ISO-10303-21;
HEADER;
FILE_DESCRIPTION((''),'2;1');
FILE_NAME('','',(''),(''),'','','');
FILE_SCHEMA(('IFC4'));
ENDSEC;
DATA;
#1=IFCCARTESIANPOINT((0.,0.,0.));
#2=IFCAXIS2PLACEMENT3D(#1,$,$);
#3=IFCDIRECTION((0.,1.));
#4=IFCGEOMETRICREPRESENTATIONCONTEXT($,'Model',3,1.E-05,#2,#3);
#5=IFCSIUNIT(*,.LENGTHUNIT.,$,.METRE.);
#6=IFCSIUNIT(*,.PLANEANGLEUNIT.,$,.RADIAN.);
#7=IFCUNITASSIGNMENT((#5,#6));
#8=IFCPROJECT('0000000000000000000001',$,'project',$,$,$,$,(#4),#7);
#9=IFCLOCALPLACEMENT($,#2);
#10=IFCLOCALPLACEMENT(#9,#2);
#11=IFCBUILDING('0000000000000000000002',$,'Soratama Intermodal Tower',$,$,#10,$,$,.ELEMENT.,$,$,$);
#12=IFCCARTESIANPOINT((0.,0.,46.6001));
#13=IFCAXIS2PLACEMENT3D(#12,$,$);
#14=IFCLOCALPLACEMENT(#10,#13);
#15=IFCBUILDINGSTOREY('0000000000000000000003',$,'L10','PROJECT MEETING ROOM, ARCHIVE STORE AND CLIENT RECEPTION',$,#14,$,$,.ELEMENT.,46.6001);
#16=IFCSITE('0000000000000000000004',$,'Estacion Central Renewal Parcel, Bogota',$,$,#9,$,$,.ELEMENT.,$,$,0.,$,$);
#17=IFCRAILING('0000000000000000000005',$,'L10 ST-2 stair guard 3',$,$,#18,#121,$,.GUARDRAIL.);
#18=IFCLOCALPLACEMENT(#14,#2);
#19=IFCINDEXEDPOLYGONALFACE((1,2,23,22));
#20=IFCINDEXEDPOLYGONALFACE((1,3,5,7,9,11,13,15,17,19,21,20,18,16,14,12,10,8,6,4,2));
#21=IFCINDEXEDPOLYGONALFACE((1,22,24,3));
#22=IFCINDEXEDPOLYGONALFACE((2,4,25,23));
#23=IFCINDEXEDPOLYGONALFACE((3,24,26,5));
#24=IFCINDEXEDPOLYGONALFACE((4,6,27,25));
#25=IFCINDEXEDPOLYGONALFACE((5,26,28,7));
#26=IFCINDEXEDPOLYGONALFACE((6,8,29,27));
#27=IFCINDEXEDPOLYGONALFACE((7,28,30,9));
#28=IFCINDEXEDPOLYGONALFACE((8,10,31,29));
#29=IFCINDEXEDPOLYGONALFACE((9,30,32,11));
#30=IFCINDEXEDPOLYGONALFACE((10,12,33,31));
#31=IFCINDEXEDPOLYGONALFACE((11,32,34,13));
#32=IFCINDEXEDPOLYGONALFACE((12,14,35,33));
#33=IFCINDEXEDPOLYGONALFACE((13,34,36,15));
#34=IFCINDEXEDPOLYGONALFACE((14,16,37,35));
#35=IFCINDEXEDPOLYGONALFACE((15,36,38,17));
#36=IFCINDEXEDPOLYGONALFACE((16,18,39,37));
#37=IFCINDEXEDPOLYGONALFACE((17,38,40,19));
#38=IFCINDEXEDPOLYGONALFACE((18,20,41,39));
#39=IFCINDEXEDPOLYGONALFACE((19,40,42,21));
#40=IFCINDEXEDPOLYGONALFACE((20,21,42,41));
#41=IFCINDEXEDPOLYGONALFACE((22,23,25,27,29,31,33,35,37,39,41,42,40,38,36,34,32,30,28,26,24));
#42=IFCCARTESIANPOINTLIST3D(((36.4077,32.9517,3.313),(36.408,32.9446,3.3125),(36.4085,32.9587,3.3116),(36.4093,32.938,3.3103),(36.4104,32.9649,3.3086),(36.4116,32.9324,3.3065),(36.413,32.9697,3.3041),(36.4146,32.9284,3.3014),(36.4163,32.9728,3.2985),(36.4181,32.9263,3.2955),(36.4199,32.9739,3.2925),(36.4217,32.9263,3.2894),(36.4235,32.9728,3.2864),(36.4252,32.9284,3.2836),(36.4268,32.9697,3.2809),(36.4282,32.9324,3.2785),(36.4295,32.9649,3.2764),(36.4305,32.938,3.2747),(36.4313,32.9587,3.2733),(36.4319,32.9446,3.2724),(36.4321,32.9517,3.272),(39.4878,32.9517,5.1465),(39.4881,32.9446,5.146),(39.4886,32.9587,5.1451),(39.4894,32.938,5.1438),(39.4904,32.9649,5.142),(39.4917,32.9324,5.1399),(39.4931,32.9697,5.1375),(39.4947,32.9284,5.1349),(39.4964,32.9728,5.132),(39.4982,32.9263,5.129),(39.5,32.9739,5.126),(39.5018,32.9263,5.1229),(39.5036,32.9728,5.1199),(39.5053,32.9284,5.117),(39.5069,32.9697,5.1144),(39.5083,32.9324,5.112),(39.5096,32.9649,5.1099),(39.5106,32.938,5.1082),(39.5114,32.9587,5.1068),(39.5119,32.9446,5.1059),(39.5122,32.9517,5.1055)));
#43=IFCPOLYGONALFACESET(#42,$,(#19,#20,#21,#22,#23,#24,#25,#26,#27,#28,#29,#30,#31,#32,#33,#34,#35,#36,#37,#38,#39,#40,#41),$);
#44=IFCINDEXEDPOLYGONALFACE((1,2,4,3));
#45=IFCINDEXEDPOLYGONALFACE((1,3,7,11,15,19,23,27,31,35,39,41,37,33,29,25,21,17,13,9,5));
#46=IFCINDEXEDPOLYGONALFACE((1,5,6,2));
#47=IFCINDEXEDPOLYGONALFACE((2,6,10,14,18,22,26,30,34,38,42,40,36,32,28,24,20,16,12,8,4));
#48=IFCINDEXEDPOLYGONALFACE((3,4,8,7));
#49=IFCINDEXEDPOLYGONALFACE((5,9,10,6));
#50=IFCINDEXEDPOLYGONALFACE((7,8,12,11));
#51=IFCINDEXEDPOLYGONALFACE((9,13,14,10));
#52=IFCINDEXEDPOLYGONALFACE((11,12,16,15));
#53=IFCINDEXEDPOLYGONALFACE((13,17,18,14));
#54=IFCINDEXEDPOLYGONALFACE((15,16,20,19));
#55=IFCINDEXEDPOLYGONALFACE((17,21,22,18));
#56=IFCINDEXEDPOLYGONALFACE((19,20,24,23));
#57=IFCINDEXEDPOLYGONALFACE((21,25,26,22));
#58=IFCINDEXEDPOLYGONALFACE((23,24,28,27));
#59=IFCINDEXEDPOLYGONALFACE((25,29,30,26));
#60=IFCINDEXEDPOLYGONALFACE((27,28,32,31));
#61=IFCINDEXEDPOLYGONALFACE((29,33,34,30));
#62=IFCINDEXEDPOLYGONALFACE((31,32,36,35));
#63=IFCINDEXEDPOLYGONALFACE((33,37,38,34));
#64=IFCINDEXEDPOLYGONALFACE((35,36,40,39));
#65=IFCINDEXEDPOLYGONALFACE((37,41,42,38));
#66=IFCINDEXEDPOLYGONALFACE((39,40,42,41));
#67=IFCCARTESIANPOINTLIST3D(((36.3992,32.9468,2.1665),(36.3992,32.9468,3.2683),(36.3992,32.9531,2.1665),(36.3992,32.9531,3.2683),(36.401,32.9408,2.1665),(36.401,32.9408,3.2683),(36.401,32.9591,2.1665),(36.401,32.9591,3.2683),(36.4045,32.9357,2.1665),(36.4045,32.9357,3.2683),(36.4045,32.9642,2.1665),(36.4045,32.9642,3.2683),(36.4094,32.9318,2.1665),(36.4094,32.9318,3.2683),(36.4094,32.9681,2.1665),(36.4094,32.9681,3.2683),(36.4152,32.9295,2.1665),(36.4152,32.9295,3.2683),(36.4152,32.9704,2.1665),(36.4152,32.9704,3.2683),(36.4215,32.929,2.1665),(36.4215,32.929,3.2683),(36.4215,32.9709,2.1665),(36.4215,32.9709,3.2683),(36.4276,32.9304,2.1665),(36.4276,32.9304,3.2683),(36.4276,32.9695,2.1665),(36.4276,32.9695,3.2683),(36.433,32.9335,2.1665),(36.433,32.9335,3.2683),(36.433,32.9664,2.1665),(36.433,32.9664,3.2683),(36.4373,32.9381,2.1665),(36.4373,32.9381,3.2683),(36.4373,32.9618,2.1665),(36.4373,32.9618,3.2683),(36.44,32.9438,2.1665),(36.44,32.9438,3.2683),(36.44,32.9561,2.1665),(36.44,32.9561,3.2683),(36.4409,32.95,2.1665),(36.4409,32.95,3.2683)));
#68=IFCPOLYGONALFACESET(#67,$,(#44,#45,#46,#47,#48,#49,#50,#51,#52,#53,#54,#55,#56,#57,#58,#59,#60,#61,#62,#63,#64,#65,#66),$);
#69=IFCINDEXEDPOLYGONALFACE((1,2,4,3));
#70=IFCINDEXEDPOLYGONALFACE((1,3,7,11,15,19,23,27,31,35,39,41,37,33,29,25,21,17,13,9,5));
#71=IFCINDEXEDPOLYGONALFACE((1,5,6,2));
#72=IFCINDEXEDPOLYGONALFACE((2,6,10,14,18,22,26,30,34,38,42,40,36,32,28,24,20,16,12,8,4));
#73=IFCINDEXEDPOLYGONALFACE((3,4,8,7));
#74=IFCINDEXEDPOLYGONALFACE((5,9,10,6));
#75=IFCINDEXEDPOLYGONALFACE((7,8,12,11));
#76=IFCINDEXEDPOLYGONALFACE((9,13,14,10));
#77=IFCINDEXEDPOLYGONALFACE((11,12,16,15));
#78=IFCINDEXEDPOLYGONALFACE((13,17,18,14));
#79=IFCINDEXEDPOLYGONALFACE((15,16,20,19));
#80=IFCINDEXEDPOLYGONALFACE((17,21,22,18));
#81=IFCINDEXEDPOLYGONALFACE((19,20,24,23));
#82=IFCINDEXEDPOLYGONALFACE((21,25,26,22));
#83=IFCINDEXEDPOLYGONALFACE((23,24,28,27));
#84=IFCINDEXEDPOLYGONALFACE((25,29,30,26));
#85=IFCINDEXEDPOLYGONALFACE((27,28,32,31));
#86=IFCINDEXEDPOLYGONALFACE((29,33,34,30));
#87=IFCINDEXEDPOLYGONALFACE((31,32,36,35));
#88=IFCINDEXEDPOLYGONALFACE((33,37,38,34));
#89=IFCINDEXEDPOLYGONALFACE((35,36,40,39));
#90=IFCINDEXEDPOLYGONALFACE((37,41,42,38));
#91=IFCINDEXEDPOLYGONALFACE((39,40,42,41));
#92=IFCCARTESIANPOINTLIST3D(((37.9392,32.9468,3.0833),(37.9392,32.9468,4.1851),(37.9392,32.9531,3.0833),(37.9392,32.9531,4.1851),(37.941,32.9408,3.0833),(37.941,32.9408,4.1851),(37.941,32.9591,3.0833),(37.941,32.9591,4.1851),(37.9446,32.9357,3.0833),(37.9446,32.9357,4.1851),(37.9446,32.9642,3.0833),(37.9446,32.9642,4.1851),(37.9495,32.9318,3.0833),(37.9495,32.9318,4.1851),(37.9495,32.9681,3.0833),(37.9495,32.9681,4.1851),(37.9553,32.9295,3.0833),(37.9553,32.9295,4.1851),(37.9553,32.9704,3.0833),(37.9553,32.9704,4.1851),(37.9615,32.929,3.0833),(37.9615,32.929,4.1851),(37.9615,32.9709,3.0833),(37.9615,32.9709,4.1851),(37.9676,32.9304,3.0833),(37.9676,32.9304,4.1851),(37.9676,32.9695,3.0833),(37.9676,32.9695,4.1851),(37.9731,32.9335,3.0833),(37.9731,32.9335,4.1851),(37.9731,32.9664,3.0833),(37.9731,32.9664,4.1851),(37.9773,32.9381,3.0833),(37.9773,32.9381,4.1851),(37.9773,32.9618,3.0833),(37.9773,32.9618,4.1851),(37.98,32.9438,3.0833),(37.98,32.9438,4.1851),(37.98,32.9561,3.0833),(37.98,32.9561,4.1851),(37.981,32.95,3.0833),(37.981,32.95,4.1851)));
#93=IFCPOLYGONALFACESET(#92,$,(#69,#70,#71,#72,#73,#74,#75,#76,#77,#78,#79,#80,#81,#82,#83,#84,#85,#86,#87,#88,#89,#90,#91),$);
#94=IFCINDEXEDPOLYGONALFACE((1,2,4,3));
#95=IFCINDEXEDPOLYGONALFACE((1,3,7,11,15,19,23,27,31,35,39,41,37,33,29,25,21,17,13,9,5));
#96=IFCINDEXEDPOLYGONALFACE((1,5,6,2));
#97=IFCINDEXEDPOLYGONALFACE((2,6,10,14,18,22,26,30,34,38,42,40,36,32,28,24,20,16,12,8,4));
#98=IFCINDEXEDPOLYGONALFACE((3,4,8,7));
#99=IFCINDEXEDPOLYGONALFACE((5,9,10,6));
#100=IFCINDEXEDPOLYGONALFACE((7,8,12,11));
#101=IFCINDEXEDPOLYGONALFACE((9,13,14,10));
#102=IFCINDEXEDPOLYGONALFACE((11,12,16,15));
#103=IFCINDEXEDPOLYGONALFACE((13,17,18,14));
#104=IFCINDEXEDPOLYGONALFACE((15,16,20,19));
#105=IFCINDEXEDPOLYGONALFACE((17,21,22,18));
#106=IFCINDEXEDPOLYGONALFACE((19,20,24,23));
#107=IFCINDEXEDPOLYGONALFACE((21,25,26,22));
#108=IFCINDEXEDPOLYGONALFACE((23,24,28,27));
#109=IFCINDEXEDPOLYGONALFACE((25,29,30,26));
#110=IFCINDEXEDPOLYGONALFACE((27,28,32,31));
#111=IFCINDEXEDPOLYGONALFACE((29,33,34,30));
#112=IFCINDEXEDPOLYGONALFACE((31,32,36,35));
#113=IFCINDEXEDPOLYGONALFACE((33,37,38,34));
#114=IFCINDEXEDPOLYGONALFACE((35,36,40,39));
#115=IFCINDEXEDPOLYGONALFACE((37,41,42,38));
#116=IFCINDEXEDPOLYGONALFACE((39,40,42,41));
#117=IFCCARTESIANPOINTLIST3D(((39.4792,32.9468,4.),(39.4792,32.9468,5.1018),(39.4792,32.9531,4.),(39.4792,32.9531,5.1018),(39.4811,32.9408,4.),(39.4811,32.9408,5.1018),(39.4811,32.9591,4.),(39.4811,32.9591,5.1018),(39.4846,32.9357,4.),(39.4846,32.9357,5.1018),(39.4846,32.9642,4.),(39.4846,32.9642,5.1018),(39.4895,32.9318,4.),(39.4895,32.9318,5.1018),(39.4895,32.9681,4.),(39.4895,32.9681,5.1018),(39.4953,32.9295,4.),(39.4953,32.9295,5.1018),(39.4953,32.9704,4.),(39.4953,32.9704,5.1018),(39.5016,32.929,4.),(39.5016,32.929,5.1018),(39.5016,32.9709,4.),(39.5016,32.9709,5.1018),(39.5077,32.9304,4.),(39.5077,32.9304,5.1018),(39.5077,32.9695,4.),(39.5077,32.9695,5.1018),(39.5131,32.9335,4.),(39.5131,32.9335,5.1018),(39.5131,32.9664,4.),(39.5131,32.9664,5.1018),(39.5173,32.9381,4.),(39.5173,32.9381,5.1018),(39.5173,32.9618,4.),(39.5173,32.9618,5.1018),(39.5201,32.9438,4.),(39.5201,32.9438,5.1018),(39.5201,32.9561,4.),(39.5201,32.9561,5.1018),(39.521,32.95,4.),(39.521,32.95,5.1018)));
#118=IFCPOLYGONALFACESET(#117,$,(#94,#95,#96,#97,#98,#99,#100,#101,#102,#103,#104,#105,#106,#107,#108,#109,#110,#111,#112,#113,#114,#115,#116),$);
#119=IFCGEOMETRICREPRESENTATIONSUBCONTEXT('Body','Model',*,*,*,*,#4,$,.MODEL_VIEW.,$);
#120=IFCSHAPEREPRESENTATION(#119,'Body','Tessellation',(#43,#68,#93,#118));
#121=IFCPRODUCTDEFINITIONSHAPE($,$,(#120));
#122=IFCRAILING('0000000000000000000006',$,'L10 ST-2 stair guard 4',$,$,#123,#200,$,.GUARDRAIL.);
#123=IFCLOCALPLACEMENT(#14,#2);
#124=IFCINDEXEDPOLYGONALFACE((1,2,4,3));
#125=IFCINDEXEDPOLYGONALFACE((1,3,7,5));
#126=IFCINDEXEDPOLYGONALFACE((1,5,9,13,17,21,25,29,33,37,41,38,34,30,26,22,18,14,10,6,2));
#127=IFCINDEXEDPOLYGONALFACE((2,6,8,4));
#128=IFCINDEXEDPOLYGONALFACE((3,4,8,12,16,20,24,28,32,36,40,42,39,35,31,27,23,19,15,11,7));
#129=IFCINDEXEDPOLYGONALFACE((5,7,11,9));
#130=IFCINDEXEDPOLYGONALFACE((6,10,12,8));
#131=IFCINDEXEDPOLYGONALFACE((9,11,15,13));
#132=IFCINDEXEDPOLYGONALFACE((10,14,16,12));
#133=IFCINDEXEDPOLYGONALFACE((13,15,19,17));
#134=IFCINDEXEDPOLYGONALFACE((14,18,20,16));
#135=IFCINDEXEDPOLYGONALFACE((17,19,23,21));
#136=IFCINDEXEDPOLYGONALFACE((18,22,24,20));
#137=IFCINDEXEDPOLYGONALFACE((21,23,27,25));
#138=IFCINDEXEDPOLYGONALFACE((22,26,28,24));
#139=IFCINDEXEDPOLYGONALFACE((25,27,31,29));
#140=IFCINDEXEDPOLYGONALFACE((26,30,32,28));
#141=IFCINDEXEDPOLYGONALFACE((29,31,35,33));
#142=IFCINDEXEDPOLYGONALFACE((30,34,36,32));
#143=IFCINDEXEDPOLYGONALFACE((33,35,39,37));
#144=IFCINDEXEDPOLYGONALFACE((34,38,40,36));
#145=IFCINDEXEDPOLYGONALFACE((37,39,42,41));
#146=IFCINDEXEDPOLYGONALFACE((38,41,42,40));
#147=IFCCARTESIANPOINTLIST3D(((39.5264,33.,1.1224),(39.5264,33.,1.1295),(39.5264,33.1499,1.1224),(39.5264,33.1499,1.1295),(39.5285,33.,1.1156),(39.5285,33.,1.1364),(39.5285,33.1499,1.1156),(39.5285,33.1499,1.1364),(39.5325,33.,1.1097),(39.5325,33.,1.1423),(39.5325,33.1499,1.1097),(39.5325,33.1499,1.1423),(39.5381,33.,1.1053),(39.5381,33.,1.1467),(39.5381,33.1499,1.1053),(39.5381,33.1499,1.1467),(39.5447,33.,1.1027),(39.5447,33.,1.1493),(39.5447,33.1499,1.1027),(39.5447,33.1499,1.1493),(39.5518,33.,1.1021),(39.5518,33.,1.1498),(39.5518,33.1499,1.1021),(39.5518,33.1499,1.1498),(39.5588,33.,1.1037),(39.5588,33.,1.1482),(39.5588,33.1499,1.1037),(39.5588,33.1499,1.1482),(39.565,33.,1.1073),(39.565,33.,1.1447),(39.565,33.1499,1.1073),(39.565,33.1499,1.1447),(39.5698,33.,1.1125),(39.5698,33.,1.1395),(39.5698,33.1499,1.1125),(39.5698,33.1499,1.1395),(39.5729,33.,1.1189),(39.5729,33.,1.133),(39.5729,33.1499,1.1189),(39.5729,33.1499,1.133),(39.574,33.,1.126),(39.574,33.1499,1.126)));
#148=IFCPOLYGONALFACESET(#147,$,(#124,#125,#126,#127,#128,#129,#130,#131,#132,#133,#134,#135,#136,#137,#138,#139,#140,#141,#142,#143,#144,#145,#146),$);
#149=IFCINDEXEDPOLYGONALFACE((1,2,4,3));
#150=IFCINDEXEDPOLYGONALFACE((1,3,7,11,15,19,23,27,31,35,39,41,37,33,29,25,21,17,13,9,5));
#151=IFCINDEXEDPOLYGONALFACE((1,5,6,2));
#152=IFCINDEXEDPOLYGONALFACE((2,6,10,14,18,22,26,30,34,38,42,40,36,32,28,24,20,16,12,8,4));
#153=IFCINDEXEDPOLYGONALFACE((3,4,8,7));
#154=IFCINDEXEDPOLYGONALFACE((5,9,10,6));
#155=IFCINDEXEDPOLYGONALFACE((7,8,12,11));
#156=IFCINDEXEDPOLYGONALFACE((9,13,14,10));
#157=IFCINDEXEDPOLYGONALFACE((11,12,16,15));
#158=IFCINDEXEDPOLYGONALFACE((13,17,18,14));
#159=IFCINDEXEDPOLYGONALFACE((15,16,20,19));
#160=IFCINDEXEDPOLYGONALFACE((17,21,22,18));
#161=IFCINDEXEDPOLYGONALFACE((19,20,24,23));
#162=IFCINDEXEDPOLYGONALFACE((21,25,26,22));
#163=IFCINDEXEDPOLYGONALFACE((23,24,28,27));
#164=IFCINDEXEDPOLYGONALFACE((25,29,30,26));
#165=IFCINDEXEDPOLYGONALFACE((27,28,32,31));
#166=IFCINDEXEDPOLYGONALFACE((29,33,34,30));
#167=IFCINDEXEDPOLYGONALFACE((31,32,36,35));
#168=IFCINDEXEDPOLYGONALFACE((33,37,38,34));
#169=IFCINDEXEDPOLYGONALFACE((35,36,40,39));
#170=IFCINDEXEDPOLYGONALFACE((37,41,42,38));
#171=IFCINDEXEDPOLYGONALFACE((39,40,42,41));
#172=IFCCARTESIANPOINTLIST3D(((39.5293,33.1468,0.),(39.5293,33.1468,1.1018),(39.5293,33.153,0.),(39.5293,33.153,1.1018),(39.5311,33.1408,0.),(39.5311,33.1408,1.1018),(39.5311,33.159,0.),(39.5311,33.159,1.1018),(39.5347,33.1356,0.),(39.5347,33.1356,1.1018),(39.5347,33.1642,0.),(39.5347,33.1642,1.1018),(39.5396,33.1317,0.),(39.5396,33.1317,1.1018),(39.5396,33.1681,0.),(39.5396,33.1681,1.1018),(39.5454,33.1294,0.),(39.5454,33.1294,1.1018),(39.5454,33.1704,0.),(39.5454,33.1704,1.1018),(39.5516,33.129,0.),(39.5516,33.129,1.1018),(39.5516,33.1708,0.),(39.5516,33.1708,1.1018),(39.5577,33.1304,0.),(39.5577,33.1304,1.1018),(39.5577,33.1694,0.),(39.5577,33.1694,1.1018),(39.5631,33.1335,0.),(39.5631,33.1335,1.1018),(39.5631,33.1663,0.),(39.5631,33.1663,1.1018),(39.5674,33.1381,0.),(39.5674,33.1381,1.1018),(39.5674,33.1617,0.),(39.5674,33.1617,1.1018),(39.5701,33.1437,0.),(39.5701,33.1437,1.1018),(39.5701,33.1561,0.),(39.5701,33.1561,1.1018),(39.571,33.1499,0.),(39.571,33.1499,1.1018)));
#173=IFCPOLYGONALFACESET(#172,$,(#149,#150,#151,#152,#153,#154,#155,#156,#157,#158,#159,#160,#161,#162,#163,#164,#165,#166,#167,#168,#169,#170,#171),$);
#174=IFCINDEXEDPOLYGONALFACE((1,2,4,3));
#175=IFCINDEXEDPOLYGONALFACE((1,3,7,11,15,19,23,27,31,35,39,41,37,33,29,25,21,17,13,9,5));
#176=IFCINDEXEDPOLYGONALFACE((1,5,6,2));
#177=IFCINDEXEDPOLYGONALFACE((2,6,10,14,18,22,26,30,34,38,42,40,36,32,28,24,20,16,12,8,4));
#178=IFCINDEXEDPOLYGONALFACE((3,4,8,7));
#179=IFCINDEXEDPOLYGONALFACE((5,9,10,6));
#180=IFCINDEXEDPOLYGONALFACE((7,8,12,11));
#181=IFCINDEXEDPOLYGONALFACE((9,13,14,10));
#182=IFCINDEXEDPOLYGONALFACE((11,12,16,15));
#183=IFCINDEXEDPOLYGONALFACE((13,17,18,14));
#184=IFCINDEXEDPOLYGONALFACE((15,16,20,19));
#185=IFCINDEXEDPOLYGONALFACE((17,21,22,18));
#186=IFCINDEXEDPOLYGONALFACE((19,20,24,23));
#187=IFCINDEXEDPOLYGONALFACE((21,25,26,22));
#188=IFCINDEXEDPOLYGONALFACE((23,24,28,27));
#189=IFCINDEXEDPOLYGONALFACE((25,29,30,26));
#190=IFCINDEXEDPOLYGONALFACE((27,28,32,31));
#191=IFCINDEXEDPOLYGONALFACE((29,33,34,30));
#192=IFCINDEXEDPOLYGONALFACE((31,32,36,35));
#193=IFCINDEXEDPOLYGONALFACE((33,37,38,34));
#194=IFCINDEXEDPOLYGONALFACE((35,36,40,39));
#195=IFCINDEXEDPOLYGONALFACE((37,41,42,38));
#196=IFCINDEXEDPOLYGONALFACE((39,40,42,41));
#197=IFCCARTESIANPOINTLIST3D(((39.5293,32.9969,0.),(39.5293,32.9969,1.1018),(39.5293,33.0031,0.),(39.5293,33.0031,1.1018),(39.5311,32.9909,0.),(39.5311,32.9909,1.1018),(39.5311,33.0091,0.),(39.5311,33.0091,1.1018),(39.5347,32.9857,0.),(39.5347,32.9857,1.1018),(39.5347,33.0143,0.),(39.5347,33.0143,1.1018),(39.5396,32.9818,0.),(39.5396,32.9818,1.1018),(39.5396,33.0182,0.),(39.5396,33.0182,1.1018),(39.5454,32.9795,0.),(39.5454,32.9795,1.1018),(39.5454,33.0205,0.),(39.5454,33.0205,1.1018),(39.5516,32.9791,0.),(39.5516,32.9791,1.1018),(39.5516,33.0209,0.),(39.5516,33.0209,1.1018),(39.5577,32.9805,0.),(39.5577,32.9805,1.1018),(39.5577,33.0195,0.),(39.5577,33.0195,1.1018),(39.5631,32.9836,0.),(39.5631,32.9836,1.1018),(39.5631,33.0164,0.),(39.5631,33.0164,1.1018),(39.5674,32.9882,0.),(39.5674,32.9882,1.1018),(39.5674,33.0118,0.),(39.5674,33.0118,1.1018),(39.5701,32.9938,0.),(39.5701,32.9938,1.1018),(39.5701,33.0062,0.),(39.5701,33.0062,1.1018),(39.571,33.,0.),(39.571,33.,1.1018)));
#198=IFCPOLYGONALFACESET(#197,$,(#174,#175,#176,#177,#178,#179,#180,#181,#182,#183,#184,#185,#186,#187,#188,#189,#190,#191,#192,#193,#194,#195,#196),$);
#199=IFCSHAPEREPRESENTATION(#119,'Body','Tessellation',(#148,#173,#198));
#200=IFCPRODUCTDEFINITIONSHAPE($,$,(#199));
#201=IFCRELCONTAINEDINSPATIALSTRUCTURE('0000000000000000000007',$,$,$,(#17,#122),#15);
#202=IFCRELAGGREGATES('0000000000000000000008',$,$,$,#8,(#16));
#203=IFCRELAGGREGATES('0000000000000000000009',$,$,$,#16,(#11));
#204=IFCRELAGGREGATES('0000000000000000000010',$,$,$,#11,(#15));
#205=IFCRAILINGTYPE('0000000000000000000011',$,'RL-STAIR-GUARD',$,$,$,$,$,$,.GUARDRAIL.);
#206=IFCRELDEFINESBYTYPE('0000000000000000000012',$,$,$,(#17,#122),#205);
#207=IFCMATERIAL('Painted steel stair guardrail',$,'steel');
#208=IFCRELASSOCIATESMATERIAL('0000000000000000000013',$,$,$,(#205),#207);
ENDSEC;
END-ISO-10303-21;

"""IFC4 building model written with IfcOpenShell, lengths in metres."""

from ifc_helpers import new_model, si_unit, direction, frame, origin, origin_2d, place, context, subcontext, project, spatial, circle, extrude, material, type_object, element, save


model = new_model("IFC4")

# Units and contexts
model_context = context("Model", 3, precision=1e-05, world=origin(), true_north=direction((0.0, 1.0)))
body_context = subcontext(model_context, "Body", "Model", "MODEL_VIEW")
ifc_project = project(units=[si_unit("LENGTHUNIT", "METRE"), si_unit("PLANEANGLEUNIT", "RADIAN")], contexts=[model_context])

# Site, building, storey
site_placement = place(None, origin())
site = spatial("IfcSite", under=ifc_project, at=site_placement, Name="Estacion Central Renewal Parcel, Bogota", CompositionType="ELEMENT", RefElevation=0.0)
building_placement = place(site_placement, origin())
building = spatial("IfcBuilding", under=site, at=building_placement, Name="Soratama Intermodal Tower", CompositionType="ELEMENT")
storey_placement = place(building_placement, frame((0.0, 0.0, 46.6001)))
storey = spatial("IfcBuildingStorey", under=building, at=storey_placement, Name="L10", Description="PROJECT MEETING ROOM, ARCHIVE STORE AND CLIENT RECEPTION", CompositionType="ELEMENT", Elevation=46.6001)

# Railings
ifc_material_1 = material(Name="Painted steel stair guardrail", Category="steel")
railing_type_1 = type_object("IfcRailingType", Name="RL-STAIR-GUARD", PredefinedType="GUARDRAIL", material=ifc_material_1)
railing_1_placement = place(storey_placement, frame((36.4199, 32.95, 2.1665)))
element("IfcRailing", 1, at=railing_1_placement, inside=storey, type_object=railing_type_1, Name="L10 ST-2 stair guard 3", PredefinedType="GUARDRAIL", context=body_context, shape_type="SweptSolid", body=[
    extrude(circle(Radius=0.0239, at=origin_2d()), frame((0.0, 0.0, 1.126), z_axis=(0.859279, 0.0, 0.511508), x_axis=(0.0, 1.0, 0.0)), (0.0, 0.0, 1.0), 3.5845),
    extrude(circle(Radius=0.021, at=origin_2d()), origin(), (0.0, 0.0, 1.0), 1.1018),
    extrude(circle(Radius=0.021, at=origin_2d()), frame((1.54, 0.0, 0.9167)), (0.0, 0.0, 1.0), 1.1018),
    extrude(circle(Radius=0.021, at=origin_2d()), frame((3.0801, 0.0, 1.8335)), (0.0, 0.0, 1.0), 1.1018),
])
railing_2_placement = place(storey_placement, frame((39.55, 33.1499, 0.0)))
element("IfcRailing", 2, at=railing_2_placement, inside=storey, type_object=railing_type_1, Name="L10 ST-2 stair guard 4", PredefinedType="GUARDRAIL", context=body_context, shape_type="SweptSolid", body=[
    extrude(circle(Radius=0.0239, at=origin_2d()), frame((0.0, 0.0, 1.126), z_axis=(0.0, -1.0, 0.0), x_axis=(1.0, 0.0, 0.0)), (0.0, 0.0, 1.0), 0.1499),
    extrude(circle(Radius=0.021, at=origin_2d()), origin(), (0.0, 0.0, 1.0), 1.1018),
    extrude(circle(Radius=0.021, at=origin_2d()), frame((0.0, -0.1499, 0.0)), (0.0, 0.0, 1.0), 1.1018),
])

save(model, "model.ifc")
